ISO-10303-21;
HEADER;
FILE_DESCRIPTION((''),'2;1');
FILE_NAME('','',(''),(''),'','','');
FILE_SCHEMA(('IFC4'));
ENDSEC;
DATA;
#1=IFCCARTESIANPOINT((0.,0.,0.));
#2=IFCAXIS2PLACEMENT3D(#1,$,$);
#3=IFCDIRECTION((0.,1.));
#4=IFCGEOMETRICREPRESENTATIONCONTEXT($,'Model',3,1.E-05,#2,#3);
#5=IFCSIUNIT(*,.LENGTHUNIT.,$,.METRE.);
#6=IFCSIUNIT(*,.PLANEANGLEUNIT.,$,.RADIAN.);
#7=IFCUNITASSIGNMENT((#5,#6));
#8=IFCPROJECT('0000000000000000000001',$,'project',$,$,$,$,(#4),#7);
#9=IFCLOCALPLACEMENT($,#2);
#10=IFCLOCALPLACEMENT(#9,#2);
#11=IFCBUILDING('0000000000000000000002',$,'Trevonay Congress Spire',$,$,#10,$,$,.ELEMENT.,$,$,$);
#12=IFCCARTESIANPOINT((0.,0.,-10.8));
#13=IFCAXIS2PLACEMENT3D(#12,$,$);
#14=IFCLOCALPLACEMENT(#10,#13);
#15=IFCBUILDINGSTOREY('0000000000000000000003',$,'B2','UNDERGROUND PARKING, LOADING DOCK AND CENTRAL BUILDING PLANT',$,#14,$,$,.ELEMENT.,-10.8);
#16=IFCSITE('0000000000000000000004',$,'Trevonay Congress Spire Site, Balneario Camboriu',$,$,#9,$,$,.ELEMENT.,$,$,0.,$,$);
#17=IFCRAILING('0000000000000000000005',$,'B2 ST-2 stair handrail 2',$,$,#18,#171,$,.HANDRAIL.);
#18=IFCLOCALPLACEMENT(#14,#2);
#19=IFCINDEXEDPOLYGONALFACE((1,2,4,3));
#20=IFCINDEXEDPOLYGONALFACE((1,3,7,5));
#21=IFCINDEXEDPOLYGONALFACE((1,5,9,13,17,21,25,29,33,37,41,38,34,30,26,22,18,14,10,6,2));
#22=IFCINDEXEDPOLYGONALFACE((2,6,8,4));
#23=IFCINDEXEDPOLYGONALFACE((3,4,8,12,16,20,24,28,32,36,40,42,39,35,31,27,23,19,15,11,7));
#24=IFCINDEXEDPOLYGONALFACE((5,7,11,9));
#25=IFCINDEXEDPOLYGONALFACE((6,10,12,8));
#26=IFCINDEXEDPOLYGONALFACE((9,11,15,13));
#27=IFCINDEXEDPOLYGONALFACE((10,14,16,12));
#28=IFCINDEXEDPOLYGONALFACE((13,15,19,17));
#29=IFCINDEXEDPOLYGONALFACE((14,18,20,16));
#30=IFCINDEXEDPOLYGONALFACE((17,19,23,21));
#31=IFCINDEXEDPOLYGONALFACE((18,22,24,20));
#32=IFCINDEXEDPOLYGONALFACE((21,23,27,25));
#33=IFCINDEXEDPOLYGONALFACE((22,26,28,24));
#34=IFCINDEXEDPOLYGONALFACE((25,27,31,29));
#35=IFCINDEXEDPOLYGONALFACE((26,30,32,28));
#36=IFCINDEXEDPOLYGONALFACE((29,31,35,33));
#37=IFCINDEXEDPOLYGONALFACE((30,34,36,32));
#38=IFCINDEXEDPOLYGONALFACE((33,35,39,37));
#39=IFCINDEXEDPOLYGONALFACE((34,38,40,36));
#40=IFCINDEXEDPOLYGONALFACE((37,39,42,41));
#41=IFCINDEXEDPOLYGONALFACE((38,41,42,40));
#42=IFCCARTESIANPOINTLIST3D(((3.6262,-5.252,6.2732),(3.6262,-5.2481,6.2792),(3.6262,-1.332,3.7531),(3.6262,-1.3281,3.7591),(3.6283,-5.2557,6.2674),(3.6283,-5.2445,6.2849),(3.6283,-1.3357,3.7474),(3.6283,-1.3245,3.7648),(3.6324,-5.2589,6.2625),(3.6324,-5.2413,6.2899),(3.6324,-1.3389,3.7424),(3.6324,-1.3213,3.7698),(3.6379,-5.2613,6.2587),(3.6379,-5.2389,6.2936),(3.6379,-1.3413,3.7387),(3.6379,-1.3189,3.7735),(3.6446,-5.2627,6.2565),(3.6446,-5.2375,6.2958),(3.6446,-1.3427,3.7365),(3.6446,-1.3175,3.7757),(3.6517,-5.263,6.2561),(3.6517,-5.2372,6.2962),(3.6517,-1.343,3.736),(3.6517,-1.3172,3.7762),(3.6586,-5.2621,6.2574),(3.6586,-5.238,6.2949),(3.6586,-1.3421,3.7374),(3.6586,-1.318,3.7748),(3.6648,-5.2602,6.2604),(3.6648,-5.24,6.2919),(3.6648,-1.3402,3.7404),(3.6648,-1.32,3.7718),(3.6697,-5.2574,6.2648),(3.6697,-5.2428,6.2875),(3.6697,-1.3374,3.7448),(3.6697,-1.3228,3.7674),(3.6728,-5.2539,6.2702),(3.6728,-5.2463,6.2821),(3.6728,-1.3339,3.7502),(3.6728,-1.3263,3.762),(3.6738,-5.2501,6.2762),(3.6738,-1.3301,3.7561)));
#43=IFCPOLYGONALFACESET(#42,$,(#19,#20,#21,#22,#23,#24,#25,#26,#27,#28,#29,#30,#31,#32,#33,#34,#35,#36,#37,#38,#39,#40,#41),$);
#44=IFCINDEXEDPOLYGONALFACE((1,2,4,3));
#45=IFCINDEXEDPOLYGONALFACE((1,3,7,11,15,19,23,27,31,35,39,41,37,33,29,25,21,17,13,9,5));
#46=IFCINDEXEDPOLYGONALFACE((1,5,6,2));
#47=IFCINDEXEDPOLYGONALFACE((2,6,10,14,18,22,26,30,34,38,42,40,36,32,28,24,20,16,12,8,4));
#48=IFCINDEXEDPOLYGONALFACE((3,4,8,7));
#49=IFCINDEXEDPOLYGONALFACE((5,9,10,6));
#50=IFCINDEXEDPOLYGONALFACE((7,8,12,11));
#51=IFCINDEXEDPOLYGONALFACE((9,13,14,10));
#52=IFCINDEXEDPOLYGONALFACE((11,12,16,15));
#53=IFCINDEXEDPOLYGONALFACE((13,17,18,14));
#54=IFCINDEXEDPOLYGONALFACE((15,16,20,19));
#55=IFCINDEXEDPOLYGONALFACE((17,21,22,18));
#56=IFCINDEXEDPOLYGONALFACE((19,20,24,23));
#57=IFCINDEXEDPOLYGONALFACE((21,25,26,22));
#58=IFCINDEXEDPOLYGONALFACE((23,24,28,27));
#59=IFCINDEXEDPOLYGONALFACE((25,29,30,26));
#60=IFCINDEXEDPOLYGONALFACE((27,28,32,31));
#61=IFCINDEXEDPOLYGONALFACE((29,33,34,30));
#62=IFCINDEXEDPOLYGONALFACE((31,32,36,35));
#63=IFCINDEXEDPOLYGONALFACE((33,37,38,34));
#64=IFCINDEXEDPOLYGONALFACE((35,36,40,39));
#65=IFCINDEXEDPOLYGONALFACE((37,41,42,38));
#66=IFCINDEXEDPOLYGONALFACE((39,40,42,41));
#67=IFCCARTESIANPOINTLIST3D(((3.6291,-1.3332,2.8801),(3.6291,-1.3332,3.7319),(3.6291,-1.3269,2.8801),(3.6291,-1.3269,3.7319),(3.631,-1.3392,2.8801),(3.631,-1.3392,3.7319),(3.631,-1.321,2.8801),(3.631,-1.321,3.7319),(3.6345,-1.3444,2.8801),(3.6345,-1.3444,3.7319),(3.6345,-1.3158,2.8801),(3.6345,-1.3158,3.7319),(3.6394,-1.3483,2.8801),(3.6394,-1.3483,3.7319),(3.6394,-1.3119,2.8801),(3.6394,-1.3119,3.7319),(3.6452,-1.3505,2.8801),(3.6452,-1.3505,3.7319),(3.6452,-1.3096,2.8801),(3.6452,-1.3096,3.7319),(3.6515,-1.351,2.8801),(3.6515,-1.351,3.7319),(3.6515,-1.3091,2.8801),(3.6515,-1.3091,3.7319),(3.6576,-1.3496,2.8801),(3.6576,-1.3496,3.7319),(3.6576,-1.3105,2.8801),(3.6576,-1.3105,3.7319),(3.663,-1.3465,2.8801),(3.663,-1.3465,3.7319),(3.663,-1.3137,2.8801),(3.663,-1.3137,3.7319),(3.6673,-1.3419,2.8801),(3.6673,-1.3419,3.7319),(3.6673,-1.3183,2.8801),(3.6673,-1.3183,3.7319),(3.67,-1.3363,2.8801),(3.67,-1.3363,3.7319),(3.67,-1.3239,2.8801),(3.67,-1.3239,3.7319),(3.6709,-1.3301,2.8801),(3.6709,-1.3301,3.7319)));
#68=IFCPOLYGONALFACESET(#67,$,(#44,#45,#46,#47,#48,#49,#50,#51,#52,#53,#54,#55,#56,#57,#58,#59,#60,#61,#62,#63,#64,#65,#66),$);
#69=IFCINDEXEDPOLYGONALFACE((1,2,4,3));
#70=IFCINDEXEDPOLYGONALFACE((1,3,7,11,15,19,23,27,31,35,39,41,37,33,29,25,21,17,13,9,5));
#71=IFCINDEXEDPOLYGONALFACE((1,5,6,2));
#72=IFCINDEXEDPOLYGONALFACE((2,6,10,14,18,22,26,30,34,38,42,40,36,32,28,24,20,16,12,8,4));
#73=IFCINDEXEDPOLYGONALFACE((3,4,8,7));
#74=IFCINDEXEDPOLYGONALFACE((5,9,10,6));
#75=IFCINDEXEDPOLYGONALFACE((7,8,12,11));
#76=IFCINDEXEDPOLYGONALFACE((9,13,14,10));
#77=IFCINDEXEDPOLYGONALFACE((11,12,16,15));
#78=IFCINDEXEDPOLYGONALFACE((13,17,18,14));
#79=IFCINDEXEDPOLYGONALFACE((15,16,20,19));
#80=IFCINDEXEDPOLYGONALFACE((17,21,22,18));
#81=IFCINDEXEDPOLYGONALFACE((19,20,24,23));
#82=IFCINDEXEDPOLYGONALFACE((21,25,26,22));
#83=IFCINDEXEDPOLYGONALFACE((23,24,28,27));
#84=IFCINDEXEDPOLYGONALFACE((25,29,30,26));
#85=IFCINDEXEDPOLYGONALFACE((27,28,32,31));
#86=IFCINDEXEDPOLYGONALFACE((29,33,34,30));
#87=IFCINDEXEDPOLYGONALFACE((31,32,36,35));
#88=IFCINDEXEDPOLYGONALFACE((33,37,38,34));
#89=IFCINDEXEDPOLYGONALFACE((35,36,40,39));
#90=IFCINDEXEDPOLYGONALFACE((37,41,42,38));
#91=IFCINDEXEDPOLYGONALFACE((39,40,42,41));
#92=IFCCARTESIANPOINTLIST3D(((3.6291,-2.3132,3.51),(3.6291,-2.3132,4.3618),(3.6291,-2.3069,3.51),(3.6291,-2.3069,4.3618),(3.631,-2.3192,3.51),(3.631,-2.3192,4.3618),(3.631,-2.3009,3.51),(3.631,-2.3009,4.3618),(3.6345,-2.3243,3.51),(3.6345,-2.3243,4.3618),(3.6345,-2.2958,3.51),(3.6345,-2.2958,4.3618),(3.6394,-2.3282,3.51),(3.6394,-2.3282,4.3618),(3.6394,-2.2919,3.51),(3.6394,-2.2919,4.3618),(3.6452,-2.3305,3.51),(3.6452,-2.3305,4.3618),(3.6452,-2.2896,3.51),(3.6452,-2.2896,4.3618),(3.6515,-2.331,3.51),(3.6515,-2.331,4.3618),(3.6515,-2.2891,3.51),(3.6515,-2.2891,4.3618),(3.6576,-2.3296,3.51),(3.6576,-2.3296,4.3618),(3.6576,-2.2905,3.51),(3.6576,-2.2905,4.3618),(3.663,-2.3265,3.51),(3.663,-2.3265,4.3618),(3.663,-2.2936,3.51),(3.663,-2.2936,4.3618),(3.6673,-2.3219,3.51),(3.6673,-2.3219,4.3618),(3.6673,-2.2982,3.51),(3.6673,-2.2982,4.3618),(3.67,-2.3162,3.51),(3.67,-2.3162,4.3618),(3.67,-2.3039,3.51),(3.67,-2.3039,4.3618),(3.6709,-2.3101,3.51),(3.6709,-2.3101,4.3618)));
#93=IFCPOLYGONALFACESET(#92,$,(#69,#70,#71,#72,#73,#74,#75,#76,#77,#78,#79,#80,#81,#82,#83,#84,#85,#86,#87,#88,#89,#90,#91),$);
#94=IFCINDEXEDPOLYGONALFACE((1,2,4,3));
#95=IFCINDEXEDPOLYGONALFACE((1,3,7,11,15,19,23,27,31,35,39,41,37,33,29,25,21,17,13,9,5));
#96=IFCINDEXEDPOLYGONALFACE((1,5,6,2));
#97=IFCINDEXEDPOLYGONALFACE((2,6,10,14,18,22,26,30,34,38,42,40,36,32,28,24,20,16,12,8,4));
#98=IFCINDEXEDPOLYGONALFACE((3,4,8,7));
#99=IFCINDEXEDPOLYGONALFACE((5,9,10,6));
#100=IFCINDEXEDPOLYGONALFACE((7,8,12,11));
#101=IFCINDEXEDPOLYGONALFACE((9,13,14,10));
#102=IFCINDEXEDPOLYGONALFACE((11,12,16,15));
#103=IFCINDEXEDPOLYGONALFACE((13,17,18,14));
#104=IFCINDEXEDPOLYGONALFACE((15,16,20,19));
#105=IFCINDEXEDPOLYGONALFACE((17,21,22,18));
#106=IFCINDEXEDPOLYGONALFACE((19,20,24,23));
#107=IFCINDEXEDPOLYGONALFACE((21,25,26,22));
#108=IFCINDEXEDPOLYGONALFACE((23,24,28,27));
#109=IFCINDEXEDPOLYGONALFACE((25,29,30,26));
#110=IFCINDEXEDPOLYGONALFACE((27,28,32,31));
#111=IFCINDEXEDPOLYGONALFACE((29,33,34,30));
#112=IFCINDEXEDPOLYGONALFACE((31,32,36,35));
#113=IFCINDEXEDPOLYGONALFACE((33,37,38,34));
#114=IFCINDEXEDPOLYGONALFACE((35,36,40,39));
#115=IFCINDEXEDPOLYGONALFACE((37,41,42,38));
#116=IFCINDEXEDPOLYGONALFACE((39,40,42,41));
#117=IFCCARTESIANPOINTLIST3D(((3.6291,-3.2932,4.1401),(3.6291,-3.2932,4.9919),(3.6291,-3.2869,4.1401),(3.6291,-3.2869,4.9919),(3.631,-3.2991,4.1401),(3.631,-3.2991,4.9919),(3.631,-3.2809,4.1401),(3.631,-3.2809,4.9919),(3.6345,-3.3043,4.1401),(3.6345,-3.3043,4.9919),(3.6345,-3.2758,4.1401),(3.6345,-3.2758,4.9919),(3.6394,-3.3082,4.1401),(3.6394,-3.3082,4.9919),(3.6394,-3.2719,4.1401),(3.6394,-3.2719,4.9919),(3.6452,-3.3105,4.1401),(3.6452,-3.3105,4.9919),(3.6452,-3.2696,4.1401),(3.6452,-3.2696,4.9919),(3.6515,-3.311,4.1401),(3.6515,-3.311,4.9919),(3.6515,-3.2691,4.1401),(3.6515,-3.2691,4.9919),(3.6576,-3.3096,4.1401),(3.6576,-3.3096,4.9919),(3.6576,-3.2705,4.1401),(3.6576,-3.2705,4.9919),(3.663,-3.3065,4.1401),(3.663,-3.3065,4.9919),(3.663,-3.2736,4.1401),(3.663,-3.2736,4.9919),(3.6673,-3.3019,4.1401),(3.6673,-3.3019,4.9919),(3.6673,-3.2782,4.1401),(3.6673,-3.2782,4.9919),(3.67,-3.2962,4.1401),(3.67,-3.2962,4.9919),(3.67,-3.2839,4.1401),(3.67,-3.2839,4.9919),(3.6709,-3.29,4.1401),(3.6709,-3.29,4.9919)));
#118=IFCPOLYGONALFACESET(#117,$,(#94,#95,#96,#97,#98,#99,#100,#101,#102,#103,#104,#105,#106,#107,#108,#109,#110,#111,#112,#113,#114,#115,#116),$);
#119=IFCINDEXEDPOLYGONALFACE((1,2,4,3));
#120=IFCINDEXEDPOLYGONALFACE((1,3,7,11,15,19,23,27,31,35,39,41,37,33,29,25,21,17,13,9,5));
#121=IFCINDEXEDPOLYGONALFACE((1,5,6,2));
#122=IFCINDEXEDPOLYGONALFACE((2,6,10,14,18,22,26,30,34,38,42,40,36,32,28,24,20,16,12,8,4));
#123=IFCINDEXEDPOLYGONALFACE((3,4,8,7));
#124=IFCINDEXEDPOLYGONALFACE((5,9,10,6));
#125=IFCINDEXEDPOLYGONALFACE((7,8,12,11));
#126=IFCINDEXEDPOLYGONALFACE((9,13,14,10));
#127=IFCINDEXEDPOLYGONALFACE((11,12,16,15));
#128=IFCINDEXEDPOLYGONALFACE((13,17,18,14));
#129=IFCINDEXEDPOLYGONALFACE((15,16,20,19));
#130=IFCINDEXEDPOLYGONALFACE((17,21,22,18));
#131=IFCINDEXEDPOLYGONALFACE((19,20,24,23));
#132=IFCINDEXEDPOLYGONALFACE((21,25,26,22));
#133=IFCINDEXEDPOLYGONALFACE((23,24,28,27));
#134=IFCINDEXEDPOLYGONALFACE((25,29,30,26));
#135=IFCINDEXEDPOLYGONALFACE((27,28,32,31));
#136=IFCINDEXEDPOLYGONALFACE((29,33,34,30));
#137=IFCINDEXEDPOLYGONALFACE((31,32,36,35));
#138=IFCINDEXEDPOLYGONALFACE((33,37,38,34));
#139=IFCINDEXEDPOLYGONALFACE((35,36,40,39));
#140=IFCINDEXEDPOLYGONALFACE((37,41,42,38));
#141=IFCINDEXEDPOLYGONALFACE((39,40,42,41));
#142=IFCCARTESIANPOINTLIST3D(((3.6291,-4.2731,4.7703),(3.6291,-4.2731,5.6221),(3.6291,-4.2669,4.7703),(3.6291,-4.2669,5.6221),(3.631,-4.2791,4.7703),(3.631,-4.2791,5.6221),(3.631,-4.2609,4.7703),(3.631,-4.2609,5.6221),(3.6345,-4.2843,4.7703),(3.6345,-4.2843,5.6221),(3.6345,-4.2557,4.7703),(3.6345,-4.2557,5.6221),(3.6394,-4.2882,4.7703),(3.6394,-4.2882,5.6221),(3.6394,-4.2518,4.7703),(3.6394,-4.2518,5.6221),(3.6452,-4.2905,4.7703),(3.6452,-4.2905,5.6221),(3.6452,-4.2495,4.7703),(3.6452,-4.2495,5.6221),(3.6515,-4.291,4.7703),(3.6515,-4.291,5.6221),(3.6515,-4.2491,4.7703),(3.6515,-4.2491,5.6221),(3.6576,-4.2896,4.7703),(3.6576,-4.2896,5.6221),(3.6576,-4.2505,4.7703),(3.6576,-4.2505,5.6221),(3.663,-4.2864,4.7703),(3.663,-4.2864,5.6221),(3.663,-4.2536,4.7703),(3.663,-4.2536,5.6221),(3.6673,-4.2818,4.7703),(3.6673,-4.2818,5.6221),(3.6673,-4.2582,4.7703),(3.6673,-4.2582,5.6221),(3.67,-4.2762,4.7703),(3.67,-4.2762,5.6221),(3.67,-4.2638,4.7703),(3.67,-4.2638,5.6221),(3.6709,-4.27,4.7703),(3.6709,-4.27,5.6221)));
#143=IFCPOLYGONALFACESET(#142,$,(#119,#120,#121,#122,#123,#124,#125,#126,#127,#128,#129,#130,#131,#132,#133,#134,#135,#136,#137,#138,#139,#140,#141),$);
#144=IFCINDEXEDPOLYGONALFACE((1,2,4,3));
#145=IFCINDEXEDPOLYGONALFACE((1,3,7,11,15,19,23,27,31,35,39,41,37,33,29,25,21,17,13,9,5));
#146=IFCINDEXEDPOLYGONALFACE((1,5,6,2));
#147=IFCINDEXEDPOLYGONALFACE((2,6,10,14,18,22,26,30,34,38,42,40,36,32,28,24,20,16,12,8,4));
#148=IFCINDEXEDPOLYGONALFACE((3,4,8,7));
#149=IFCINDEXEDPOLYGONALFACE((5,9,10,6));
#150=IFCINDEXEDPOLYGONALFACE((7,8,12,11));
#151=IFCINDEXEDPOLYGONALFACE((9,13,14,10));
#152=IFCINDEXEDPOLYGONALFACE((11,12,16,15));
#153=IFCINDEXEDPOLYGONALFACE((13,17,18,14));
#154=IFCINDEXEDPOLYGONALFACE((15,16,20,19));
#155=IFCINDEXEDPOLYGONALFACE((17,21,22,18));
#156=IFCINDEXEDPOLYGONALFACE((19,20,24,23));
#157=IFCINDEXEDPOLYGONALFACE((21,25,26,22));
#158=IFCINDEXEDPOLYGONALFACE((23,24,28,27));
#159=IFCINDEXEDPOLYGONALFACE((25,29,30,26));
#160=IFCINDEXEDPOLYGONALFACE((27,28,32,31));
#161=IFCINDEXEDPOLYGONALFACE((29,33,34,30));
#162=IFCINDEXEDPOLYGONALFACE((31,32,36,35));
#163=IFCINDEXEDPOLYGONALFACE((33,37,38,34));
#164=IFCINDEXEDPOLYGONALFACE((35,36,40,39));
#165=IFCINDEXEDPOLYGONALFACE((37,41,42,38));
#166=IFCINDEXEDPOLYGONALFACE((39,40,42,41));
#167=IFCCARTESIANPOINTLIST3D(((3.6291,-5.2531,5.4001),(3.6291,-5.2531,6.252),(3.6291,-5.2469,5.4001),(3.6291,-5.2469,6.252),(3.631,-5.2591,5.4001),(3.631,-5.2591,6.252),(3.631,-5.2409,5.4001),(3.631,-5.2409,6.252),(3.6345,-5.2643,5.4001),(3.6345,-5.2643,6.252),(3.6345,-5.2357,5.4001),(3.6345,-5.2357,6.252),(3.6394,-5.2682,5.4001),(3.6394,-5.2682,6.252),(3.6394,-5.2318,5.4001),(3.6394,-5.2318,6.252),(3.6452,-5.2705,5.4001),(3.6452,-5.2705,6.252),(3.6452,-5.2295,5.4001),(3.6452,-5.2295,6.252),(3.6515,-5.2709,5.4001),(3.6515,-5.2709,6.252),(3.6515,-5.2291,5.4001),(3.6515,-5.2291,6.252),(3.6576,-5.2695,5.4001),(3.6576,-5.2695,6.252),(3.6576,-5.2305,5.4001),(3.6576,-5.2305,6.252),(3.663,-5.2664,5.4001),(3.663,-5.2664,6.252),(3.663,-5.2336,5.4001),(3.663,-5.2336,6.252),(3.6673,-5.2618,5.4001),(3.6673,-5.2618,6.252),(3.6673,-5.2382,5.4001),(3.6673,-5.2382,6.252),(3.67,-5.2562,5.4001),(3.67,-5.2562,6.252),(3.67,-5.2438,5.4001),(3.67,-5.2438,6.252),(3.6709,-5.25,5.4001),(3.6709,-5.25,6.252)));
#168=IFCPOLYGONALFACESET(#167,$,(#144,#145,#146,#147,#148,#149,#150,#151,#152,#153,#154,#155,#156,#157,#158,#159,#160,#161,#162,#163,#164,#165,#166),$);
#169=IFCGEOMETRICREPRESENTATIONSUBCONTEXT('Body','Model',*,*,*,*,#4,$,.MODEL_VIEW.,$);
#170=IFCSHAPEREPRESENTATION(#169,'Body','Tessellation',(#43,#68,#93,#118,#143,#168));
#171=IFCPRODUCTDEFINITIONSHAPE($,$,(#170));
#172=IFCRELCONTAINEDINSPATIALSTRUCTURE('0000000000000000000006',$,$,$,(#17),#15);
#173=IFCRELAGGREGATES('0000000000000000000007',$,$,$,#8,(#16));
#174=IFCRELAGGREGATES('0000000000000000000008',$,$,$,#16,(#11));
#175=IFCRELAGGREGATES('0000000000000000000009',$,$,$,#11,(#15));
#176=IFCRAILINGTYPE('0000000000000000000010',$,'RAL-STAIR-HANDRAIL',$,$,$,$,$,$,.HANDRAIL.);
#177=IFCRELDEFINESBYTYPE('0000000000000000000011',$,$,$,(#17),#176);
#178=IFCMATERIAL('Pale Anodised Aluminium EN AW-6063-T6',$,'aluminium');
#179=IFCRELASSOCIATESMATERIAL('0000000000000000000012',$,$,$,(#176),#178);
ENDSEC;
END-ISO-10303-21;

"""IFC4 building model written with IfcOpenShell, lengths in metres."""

from ifc_helpers import new_model, si_unit, direction, frame, origin, origin_2d, place, context, subcontext, project, spatial, circle, extrude, material, type_object, element, save


model = new_model("IFC4")

# Units and contexts
model_context = context("Model", 3, precision=1e-05, world=origin(), true_north=direction((0.0, 1.0)))
body_context = subcontext(model_context, "Body", "Model", "MODEL_VIEW")
ifc_project = project(units=[si_unit("LENGTHUNIT", "METRE"), si_unit("PLANEANGLEUNIT", "RADIAN")], contexts=[model_context])

# Site, building, storey
site_placement = place(None, origin())
site = spatial("IfcSite", under=ifc_project, at=site_placement, Name="Trevonay Congress Spire Site, Balneario Camboriu", CompositionType="ELEMENT", RefElevation=0.0)
building_placement = place(site_placement, origin())
building = spatial("IfcBuilding", under=site, at=building_placement, Name="Trevonay Congress Spire", CompositionType="ELEMENT")
storey_placement = place(building_placement, frame((0.0, 0.0, -10.8)))
storey = spatial("IfcBuildingStorey", under=building, at=storey_placement, Name="B2", Description="UNDERGROUND PARKING, LOADING DOCK AND CENTRAL BUILDING PLANT", CompositionType="ELEMENT", Elevation=-10.8)

# Railing
ifc_material_1 = material(Name="Pale Anodised Aluminium EN AW-6063-T6", Category="aluminium")
railing_type_1 = type_object("IfcRailingType", Name="RAL-STAIR-HANDRAIL", PredefinedType="HANDRAIL", material=ifc_material_1)
railing_1_placement = place(storey_placement, frame((3.6499, -1.3301, 2.8801)))
element("IfcRailing", 1, at=railing_1_placement, inside=storey, type_object=railing_type_1, Name="B2 ST-2 stair handrail 2", PredefinedType="HANDRAIL", context=body_context, shape_type="SweptSolid", body=[
    extrude(circle(Radius=0.0239, at=origin_2d()), frame((0.0, 0.0, 0.876), z_axis=(0.0, -0.841172, 0.540768), x_axis=(1.0, 0.0, 0.0)), (0.0, 0.0, 1.0), 4.6602),
    extrude(circle(Radius=0.021, at=origin_2d()), origin(), (0.0, 0.0, 1.0), 0.8518),
    extrude(circle(Radius=0.021, at=origin_2d()), frame((0.0, -0.98, 0.6299)), (0.0, 0.0, 1.0), 0.8518),
    extrude(circle(Radius=0.021, at=origin_2d()), frame((0.0, -1.96, 1.26)), (0.0, 0.0, 1.0), 0.8518),
    extrude(circle(Radius=0.021, at=origin_2d()), frame((0.0, -2.9399, 1.8901)), (0.0, 0.0, 1.0), 0.8518),
    extrude(circle(Radius=0.021, at=origin_2d()), frame((0.0, -3.9199, 2.52)), (0.0, 0.0, 1.0), 0.8518),
])

save(model, "model.ifc")
